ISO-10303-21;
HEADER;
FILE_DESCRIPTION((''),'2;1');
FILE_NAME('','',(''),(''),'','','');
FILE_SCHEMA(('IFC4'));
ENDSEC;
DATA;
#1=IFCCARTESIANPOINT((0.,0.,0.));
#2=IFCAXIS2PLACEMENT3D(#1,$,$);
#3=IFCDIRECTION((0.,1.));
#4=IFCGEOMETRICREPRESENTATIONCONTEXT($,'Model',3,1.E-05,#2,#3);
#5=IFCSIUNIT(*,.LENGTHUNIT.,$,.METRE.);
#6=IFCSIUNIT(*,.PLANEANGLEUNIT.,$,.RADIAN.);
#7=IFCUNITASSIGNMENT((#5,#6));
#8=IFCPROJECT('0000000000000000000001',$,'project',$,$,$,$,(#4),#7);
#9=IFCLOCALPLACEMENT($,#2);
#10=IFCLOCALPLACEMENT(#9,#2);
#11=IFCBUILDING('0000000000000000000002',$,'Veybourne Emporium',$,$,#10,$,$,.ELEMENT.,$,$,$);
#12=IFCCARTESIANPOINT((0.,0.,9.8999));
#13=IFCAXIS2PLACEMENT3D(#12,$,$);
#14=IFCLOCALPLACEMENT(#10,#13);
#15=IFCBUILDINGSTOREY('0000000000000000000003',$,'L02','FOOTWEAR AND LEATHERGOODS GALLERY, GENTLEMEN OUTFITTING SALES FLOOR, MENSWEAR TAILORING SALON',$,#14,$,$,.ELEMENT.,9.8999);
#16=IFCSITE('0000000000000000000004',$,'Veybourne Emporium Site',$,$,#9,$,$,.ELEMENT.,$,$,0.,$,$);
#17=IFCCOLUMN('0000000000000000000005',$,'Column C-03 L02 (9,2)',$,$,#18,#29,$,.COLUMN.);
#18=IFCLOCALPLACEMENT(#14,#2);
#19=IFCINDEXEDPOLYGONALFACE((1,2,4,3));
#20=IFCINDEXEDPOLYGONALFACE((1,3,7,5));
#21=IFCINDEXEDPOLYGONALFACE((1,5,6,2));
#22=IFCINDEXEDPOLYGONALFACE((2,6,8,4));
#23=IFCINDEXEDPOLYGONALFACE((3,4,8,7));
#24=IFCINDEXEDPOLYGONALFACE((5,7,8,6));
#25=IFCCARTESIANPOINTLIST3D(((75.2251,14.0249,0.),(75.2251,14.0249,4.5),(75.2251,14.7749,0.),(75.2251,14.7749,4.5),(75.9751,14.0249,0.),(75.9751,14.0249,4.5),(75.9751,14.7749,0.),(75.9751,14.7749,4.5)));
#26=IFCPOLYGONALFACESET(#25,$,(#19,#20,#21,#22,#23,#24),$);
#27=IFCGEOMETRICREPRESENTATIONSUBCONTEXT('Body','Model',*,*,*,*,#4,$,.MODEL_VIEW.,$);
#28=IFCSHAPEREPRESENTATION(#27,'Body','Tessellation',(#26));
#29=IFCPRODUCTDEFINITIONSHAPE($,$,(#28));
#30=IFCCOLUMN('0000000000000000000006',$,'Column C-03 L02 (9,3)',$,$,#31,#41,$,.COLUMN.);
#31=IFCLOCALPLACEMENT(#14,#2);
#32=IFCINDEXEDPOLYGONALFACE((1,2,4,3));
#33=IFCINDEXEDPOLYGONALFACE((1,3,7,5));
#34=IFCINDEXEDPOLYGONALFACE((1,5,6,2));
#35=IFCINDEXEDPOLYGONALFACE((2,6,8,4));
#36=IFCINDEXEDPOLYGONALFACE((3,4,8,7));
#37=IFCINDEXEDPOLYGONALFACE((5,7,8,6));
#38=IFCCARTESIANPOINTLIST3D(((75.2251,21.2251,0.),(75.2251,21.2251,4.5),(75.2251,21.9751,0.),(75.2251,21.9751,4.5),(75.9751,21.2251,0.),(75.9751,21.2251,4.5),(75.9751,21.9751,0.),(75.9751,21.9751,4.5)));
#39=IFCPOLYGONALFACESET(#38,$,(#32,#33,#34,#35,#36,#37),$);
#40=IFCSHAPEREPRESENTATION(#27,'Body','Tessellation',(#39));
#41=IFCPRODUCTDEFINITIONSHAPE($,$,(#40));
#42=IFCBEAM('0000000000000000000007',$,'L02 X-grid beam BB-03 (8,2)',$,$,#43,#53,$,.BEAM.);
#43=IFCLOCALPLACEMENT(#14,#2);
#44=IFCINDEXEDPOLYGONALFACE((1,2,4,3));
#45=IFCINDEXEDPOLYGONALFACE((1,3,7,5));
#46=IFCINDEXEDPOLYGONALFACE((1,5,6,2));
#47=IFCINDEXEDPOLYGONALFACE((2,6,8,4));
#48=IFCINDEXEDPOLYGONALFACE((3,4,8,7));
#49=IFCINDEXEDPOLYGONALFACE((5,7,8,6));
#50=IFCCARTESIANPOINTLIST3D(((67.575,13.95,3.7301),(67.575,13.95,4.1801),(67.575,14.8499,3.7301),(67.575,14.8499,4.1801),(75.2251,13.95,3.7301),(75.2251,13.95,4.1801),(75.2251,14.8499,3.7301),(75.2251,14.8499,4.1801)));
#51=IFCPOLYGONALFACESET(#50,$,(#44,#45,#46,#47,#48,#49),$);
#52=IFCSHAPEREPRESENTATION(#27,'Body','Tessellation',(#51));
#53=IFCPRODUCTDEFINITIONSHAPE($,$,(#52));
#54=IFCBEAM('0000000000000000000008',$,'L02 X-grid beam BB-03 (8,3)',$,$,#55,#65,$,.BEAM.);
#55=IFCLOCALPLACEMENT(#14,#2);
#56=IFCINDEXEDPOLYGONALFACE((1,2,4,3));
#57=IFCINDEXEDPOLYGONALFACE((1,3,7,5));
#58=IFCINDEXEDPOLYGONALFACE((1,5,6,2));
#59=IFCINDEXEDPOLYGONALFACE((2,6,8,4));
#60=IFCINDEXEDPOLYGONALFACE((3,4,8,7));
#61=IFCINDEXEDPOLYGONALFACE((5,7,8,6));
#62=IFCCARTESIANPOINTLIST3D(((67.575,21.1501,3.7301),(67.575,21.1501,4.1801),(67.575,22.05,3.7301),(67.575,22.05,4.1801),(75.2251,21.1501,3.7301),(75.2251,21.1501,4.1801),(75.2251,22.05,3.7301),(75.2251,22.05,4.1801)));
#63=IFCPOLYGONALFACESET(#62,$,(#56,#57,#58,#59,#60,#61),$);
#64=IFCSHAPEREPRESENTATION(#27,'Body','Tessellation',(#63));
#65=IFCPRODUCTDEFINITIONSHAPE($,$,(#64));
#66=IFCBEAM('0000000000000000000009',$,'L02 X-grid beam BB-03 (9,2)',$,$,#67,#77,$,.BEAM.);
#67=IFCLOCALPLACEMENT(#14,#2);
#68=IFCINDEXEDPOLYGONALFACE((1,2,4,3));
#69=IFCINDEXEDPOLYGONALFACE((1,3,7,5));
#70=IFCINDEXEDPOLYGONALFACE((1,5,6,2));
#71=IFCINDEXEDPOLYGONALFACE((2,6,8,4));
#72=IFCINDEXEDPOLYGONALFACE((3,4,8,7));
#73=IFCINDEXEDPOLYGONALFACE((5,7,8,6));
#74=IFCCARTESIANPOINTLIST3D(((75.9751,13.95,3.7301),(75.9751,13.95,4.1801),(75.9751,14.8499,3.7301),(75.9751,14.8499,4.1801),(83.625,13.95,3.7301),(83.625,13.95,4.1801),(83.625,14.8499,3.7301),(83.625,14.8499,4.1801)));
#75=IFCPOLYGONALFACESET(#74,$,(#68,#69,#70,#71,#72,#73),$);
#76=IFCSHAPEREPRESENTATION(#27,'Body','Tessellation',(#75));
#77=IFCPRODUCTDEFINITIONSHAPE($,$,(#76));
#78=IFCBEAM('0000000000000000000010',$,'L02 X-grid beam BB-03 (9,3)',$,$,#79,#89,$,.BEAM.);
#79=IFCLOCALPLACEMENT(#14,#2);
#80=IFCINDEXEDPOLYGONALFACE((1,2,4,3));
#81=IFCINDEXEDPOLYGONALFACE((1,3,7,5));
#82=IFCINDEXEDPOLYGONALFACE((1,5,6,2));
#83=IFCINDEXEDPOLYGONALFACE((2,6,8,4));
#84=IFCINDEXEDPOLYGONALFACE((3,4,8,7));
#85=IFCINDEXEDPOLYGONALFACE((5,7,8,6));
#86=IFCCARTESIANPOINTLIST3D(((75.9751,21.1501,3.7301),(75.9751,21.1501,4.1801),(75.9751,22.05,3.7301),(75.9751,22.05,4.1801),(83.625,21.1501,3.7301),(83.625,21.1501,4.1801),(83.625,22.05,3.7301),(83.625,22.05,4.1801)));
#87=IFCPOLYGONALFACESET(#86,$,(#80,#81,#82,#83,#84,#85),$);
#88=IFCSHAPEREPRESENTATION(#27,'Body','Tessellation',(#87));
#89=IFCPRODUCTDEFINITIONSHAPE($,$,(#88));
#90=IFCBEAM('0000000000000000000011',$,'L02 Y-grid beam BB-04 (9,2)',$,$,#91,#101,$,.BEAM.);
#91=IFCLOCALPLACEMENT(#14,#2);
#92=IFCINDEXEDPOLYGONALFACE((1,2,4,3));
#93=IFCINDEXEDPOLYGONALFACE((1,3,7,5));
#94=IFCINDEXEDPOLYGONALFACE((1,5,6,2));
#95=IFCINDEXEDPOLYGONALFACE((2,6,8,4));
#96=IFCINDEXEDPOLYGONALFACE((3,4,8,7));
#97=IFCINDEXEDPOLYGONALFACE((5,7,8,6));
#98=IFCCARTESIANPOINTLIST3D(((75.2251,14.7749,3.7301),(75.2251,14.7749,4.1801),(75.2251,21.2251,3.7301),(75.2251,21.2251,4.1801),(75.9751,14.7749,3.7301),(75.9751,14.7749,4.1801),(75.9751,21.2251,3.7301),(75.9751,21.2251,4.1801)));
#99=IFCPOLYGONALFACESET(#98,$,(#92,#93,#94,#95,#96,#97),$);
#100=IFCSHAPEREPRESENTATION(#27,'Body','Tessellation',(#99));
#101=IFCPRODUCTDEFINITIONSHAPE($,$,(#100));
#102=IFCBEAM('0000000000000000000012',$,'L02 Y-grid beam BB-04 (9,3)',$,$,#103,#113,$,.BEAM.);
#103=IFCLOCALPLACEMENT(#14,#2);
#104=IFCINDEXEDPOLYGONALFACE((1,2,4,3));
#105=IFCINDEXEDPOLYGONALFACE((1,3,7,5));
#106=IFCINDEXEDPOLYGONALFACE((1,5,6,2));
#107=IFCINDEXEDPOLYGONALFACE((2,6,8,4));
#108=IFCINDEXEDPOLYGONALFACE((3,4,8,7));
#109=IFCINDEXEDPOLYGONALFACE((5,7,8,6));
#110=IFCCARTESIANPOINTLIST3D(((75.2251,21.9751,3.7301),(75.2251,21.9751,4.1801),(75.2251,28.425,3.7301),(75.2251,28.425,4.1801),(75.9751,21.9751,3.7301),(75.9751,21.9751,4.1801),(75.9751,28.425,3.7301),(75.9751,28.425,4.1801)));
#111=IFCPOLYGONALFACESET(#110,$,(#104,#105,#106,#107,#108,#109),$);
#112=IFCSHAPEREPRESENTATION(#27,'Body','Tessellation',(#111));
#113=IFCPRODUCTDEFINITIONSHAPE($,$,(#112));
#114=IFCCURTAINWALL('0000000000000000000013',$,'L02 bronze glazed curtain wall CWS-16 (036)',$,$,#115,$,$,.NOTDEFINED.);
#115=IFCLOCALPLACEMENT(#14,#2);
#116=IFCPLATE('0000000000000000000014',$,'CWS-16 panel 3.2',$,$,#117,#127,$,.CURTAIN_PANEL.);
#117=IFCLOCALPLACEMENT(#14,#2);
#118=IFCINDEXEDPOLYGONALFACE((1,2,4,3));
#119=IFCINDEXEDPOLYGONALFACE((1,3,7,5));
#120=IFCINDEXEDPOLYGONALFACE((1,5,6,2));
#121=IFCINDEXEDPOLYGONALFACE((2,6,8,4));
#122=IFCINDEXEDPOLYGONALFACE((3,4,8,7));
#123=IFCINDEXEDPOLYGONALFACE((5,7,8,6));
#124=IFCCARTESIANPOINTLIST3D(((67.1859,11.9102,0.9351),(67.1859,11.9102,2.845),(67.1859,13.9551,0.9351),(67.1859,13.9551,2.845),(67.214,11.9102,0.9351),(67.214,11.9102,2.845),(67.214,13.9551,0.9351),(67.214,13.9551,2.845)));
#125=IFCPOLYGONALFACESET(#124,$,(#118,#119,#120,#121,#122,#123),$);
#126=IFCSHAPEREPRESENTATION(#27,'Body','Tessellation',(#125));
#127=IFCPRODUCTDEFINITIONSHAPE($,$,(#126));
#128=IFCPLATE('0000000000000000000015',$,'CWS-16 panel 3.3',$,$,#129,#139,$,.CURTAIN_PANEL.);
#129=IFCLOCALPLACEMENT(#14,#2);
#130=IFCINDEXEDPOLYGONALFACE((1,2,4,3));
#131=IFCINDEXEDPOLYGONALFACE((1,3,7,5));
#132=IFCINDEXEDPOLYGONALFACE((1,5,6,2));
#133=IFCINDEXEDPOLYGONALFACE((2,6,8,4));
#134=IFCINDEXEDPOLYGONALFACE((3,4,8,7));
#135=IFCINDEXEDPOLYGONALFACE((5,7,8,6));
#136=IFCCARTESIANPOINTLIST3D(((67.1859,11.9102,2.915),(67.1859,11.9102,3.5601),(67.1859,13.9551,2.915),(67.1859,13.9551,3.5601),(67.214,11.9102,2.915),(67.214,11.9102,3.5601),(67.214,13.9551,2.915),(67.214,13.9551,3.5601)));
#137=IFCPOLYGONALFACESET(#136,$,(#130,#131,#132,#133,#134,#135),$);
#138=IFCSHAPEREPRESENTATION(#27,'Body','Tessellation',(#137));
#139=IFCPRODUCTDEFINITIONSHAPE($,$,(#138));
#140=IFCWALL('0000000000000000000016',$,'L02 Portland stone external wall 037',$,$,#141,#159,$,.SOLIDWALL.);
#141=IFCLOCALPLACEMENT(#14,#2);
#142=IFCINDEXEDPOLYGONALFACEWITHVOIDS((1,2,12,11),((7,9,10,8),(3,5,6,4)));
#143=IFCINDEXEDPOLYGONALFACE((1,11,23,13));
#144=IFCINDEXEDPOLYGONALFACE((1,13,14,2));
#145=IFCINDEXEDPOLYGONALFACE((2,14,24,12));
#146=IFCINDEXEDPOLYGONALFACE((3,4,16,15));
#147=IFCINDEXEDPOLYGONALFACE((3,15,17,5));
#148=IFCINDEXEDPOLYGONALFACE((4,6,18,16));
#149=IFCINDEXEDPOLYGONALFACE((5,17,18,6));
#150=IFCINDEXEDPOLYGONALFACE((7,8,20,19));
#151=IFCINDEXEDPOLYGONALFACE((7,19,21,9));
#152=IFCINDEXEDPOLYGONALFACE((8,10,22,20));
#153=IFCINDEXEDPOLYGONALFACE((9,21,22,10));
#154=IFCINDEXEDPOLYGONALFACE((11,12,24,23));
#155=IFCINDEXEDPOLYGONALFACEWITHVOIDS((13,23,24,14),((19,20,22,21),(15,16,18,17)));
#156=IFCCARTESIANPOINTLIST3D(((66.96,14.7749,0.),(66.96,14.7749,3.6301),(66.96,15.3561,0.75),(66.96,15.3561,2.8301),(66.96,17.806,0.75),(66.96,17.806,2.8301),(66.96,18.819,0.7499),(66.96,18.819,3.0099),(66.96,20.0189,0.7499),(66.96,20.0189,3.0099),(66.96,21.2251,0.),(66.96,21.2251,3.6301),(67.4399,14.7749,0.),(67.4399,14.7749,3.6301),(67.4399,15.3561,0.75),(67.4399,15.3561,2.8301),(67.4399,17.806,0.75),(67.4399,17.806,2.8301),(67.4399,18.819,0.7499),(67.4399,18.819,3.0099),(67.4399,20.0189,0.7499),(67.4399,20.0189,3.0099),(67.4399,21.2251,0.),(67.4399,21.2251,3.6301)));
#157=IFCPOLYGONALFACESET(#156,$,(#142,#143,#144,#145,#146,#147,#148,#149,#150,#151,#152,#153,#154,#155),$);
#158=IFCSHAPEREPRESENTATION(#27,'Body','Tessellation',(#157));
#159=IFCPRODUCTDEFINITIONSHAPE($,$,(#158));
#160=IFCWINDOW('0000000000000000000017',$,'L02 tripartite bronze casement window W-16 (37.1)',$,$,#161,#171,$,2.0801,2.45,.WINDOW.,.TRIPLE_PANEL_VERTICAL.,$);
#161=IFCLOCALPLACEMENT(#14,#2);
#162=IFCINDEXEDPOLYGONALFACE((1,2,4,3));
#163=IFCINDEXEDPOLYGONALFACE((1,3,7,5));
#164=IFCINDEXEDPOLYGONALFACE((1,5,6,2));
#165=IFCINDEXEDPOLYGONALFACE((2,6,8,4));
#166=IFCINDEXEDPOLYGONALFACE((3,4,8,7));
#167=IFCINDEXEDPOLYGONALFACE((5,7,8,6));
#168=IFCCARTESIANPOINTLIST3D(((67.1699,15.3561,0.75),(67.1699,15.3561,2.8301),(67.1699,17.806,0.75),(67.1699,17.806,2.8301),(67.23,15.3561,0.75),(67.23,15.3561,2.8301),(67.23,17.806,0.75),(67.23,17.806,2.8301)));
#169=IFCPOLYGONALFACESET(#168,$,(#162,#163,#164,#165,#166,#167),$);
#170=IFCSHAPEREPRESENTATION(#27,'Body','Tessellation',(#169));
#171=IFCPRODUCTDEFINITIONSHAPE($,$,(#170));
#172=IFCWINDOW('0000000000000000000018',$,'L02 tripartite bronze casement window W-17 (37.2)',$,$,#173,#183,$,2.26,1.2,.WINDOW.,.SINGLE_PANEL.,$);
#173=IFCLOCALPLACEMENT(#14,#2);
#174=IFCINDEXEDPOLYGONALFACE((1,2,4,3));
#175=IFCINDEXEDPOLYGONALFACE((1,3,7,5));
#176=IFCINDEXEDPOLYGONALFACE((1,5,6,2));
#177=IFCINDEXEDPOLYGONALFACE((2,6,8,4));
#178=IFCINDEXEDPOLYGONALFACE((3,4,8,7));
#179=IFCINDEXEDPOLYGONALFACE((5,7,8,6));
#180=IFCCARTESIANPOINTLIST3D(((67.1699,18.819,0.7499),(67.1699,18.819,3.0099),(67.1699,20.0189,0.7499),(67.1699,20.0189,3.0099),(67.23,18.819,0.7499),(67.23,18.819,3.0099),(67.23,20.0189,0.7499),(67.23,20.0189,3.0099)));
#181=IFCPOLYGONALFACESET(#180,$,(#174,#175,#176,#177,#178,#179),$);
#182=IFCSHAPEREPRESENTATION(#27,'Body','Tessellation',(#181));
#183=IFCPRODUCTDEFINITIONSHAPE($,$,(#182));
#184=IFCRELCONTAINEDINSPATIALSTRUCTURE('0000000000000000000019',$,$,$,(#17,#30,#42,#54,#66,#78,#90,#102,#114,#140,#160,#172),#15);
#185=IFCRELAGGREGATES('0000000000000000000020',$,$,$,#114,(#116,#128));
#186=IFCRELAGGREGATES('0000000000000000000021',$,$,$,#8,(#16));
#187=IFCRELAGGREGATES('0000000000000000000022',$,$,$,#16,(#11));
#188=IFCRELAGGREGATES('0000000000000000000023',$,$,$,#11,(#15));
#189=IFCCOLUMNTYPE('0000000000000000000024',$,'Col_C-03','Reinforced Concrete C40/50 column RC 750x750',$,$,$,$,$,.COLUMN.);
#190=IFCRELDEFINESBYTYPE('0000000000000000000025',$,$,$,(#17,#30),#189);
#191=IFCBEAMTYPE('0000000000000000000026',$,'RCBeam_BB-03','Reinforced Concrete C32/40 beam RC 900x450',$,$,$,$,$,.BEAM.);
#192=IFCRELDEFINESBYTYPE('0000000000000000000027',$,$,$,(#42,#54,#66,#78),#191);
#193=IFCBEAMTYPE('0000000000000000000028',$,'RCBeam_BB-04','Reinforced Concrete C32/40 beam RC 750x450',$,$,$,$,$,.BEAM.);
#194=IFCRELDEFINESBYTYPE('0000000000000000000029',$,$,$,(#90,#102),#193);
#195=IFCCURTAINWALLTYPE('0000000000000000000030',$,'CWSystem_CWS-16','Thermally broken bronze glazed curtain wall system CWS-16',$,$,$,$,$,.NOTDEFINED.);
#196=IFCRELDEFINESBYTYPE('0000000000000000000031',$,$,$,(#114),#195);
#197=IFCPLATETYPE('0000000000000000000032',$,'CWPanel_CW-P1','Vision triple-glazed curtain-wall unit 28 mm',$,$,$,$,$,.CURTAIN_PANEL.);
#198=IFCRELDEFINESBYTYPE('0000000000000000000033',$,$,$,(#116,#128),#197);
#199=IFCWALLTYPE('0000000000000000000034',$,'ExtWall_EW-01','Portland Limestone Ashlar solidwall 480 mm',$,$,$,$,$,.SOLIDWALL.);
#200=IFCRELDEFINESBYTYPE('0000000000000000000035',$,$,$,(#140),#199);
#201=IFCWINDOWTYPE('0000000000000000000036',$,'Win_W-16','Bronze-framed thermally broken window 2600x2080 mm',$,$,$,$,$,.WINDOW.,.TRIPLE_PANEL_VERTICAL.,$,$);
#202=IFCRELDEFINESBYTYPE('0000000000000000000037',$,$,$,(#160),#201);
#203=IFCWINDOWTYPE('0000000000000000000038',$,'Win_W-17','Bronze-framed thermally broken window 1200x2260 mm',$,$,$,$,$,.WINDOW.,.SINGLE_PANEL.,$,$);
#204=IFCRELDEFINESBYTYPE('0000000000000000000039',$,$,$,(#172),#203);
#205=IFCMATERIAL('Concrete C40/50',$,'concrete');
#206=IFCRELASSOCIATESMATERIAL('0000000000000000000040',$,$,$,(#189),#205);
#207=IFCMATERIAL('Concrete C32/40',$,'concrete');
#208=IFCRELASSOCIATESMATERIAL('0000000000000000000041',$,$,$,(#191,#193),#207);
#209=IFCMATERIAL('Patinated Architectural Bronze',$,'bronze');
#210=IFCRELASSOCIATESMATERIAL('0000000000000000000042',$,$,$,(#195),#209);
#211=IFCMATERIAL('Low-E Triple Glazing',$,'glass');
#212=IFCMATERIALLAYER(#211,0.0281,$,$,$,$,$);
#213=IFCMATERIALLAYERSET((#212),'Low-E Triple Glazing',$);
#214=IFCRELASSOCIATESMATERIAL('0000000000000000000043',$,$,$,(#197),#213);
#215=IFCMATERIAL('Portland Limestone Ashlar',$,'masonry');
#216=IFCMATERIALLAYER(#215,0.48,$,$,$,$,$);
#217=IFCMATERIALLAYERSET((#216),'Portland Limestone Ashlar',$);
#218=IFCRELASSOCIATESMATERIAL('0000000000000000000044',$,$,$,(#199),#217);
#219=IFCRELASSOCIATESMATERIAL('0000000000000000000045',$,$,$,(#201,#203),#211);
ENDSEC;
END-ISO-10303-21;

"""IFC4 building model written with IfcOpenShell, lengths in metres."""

from ifc_helpers import new_model, si_unit, direction, frame, frame_2d, origin, origin_2d, place, context, subcontext, project, spatial, rectangle, extrude, material, layer, layer_set, material_profile, profile_set, type_object, element, fill, aggregate, save


model = new_model("IFC4")

# Units and contexts
model_context = context("Model", 3, precision=1e-05, world=origin(), true_north=direction((0.0, 1.0)))
body_context = subcontext(model_context, "Body", "Model", "MODEL_VIEW")
ifc_project = project(units=[si_unit("LENGTHUNIT", "METRE"), si_unit("PLANEANGLEUNIT", "RADIAN")], contexts=[model_context])

# Site, building, storey
site_placement = place(None, origin())
site = spatial("IfcSite", under=ifc_project, at=site_placement, Name="Veybourne Emporium Site", CompositionType="ELEMENT", RefElevation=0.0)
building_placement = place(site_placement, origin())
building = spatial("IfcBuilding", under=site, at=building_placement, Name="Veybourne Emporium", CompositionType="ELEMENT")
storey_placement = place(building_placement, frame((0.0, 0.0, 9.8999)))
storey = spatial("IfcBuildingStorey", under=building, at=storey_placement, Name="L02", Description="FOOTWEAR AND LEATHERGOODS GALLERY, GENTLEMEN OUTFITTING SALES FLOOR, MENSWEAR TAILORING SALON", CompositionType="ELEMENT", Elevation=9.8999)

# Columns
ifc_material_1 = material(Name="Concrete C40/50", Category="concrete")
ifc_material_profile_1 = material_profile(ifc_material_1, rectangle(XDim=0.75, YDim=0.75, at=origin_2d()), Name="RC 750x750")
ifc_profile_set_1 = profile_set([ifc_material_profile_1], Name="Concrete C40/50")
column_type = type_object("IfcColumnType", Name="Col_C-03", Description="Reinforced Concrete C40/50 column RC 750x750", PredefinedType="COLUMN", material=ifc_profile_set_1)
for number, where, z_axis, x_axis, name in (
    (1, (75.6001, 14.3999, 0.0), (0.0, 0.0, 1.0), (1.0, 0.0, 0.0), "Column C-03 L02 (9,2)"),
    (2, (75.6001, 21.6001, 0.0), (0.0, 0.0, 1.0), (1.0, 0.0, 0.0), "Column C-03 L02 (9,3)"),
):
    element("IfcColumn", number, at=place(storey_placement, frame(where, z_axis=z_axis, x_axis=x_axis)), inside=storey, type_object=column_type, Name=name, PredefinedType="COLUMN", context=body_context, shape_type="SweptSolid", body=[
        extrude(rectangle(XDim=0.75, YDim=0.75, at=origin_2d()), origin(), (0.0, 0.0, 1.0), 4.5),
    ])

# Beams
ifc_material_2 = material(Name="Concrete C32/40", Category="concrete")
ifc_material_profile_2 = material_profile(ifc_material_2, rectangle(XDim=0.8999, YDim=0.45, at=origin_2d()), Name="RC 900x450")
ifc_profile_set_2 = profile_set([ifc_material_profile_2], Name="Concrete C32/40")
beam_type_1 = type_object("IfcBeamType", Name="RCBeam_BB-03", Description="Reinforced Concrete C32/40 beam RC 900x450", PredefinedType="BEAM", material=ifc_profile_set_2)
for number, where, z_axis, x_axis, name in (
    (3, (67.575, 14.3999, 3.9551), (1.0, 0.0, 0.0), (0.0, 1.0, 0.0), "L02 X-grid beam BB-03 (8,2)"),
    (4, (67.575, 21.6001, 3.9551), (1.0, 0.0, 0.0), (0.0, 1.0, 0.0), "L02 X-grid beam BB-03 (8,3)"),
):
    element("IfcBeam", number, at=place(storey_placement, frame(where, z_axis=z_axis, x_axis=x_axis)), inside=storey, type_object=beam_type_1, Name=name, PredefinedType="BEAM", context=body_context, shape_type="SweptSolid", body=[
        extrude(rectangle(XDim=0.8999, YDim=0.45, at=origin_2d()), origin(), (0.0, 0.0, 1.0), 7.6501),
    ])
for number, where, z_axis, x_axis, name in (
    (5, (75.9751, 14.3999, 3.9551), (1.0, 0.0, 0.0), (0.0, 1.0, 0.0), "L02 X-grid beam BB-03 (9,2)"),
    (6, (75.9751, 21.6001, 3.9551), (1.0, 0.0, 0.0), (0.0, 1.0, 0.0), "L02 X-grid beam BB-03 (9,3)"),
):
    element("IfcBeam", number, at=place(storey_placement, frame(where, z_axis=z_axis, x_axis=x_axis)), inside=storey, type_object=beam_type_1, Name=name, PredefinedType="BEAM", context=body_context, shape_type="SweptSolid", body=[
        extrude(rectangle(XDim=0.8999, YDim=0.45, at=origin_2d()), origin(), (0.0, 0.0, 1.0), 7.6499),
    ])
ifc_material_profile_3 = material_profile(ifc_material_2, rectangle(XDim=0.75, YDim=0.45, at=origin_2d()), Name="RC 750x450")
ifc_profile_set_3 = profile_set([ifc_material_profile_3], Name="Concrete C32/40")
beam_type_2 = type_object("IfcBeamType", Name="RCBeam_BB-04", Description="Reinforced Concrete C32/40 beam RC 750x450", PredefinedType="BEAM", material=ifc_profile_set_3)
beam_1_placement = place(storey_placement, frame((75.6001, 14.7749, 3.9551), z_axis=(0.0, 1.0, 0.0), x_axis=(-1.0, 0.0, 0.0)))
element("IfcBeam", 7, at=beam_1_placement, inside=storey, type_object=beam_type_2, Name="L02 Y-grid beam BB-04 (9,2)", PredefinedType="BEAM", context=body_context, shape_type="SweptSolid", body=[
    extrude(rectangle(XDim=0.75, YDim=0.45, at=origin_2d()), origin(), (0.0, 0.0, 1.0), 6.4502),
])
beam_2_placement = place(storey_placement, frame((75.6001, 21.9751, 3.9551), z_axis=(0.0, 1.0, 0.0), x_axis=(-1.0, 0.0, 0.0)))
element("IfcBeam", 8, at=beam_2_placement, inside=storey, type_object=beam_type_2, Name="L02 Y-grid beam BB-04 (9,3)", PredefinedType="BEAM", context=body_context, shape_type="SweptSolid", body=[
    extrude(rectangle(XDim=0.75, YDim=0.45, at=origin_2d()), origin(), (0.0, 0.0, 1.0), 6.45),
])

# Curtain wall, plates
ifc_material_3 = material(Name="Patinated Architectural Bronze", Category="bronze")
curtain_wall_type = type_object("IfcCurtainWallType", Name="CWSystem_CWS-16", Description="Thermally broken bronze glazed curtain wall system CWS-16", PredefinedType="NOTDEFINED", material=ifc_material_3)
curtain_wall_placement = place(storey_placement, origin())
curtain_wall = element("IfcCurtainWall", 9, at=curtain_wall_placement, inside=storey, type_object=curtain_wall_type, Name="L02 bronze glazed curtain wall CWS-16 (036)", PredefinedType="NOTDEFINED")
ifc_material_4 = material(Name="Low-E Triple Glazing", Category="glass")
ifc_layer_1 = layer(ifc_material_4, 0.0281)
ifc_layer_set_1 = layer_set([ifc_layer_1], Name="Low-E Triple Glazing")
plate_type = type_object("IfcPlateType", Name="CWPanel_CW-P1", Description="Vision triple-glazed curtain-wall unit 28 mm", PredefinedType="CURTAIN_PANEL", material=ifc_layer_set_1)
plate_1_placement = place(storey_placement, frame((67.2, 12.9326, 0.9351), z_axis=(0.0, 0.0, 1.0), x_axis=(0.0, 1.0, 0.0)))
plate_1 = element("IfcPlate", 10, at=plate_1_placement, type_object=plate_type, Name="CWS-16 panel 3.2", PredefinedType="CURTAIN_PANEL", context=body_context, shape_type="SweptSolid", body=[
    extrude(rectangle(XDim=2.0449, YDim=0.0281, at=origin_2d()), origin(), (0.0, 0.0, 1.0), 1.9099),
])
plate_2_placement = place(storey_placement, frame((67.2, 12.9326, 2.915), z_axis=(0.0, 0.0, 1.0), x_axis=(0.0, 1.0, 0.0)))
plate_2 = element("IfcPlate", 11, at=plate_2_placement, type_object=plate_type, Name="CWS-16 panel 3.3", PredefinedType="CURTAIN_PANEL", context=body_context, shape_type="SweptSolid", body=[
    extrude(rectangle(XDim=2.0449, YDim=0.0281, at=origin_2d()), origin(), (0.0, 0.0, 1.0), 0.645),
])
aggregate(curtain_wall, [plate_1, plate_2])

# Wall, openings, windows
ifc_material_5 = material(Name="Portland Limestone Ashlar", Category="masonry")
ifc_layer_2 = layer(ifc_material_5, 0.48)
ifc_layer_set_2 = layer_set([ifc_layer_2], Name="Portland Limestone Ashlar")
wall_type_1 = type_object("IfcWallType", Name="ExtWall_EW-01", Description="Portland Limestone Ashlar solidwall 480 mm", PredefinedType="SOLIDWALL", material=ifc_layer_set_2)
wall_1_placement = place(storey_placement, frame((67.2, 14.7749, 0.0), z_axis=(0.0, 0.0, 1.0), x_axis=(0.0, 1.0, 0.0)))
wall_1 = element("IfcWall", 12, at=wall_1_placement, inside=storey, type_object=wall_type_1, Name="L02 Portland stone external wall 037", PredefinedType="SOLIDWALL", context=body_context, shape_type="SweptSolid", body=[
    extrude(rectangle(XDim=6.4502, YDim=0.48, at=frame_2d((3.2251, 0.0))), origin(), (0.0, 0.0, 1.0), 3.6301),
])
opening_1_placement = place(wall_1_placement, frame((0.5811, 0.0, 0.75)))
opening_1 = element("IfcOpeningElement", 13, at=opening_1_placement, cuts=wall_1, PredefinedType="OPENING", context=body_context, shape_type="SweptSolid", body=[
    extrude(rectangle(XDim=2.45, YDim=2.0801, at=frame_2d((1.2251, 1.04))), frame((0.0, 0.26, 0.0), z_axis=(0.0, -1.0, 0.0), x_axis=(1.0, 0.0, 0.0)), (0.0, 0.0, 1.0), 0.52),
])
opening_2_placement = place(wall_1_placement, frame((4.0439, 0.0, 0.75)))
opening_2 = element("IfcOpeningElement", 14, at=opening_2_placement, cuts=wall_1, PredefinedType="OPENING", context=body_context, shape_type="SweptSolid", body=[
    extrude(rectangle(XDim=1.2, YDim=2.26, at=frame_2d((0.6001, 1.1299))), frame((0.0, 0.26, 0.0), z_axis=(0.0, -1.0, 0.0), x_axis=(1.0, 0.0, 0.0)), (0.0, 0.0, 1.0), 0.52),
])
window_type_1 = type_object("IfcWindowType", Name="Win_W-16", Description="Bronze-framed thermally broken window 2600x2080 mm", PartitioningType="TRIPLE_PANEL_VERTICAL", PredefinedType="WINDOW", material=ifc_material_4)
window_1_placement = place(opening_1_placement, origin())
window_1 = element("IfcWindow", 15, at=window_1_placement, inside=storey, type_object=window_type_1, Name="L02 tripartite bronze casement window W-16 (37.1)", OverallHeight=2.0801, OverallWidth=2.45, PartitioningType="TRIPLE_PANEL_VERTICAL", PredefinedType="WINDOW", context=body_context, shape_type="SweptSolid", body=[
    extrude(rectangle(XDim=2.45, YDim=2.0801, at=frame_2d((1.2251, 1.04))), frame((0.0, 0.03, 0.0), z_axis=(0.0, -1.0, 0.0), x_axis=(1.0, 0.0, 0.0)), (0.0, 0.0, 1.0), 0.0601),
])
fill(opening_1, window_1)
window_type_2 = type_object("IfcWindowType", Name="Win_W-17", Description="Bronze-framed thermally broken window 1200x2260 mm", PartitioningType="SINGLE_PANEL", PredefinedType="WINDOW", material=ifc_material_4)
window_2_placement = place(opening_2_placement, origin())
window_2 = element("IfcWindow", 16, at=window_2_placement, inside=storey, type_object=window_type_2, Name="L02 tripartite bronze casement window W-17 (37.2)", OverallHeight=2.26, OverallWidth=1.2, PartitioningType="SINGLE_PANEL", PredefinedType="WINDOW", context=body_context, shape_type="SweptSolid", body=[
    extrude(rectangle(XDim=1.2, YDim=2.26, at=frame_2d((0.6001, 1.1299))), frame((0.0, 0.03, 0.0), z_axis=(0.0, -1.0, 0.0), x_axis=(1.0, 0.0, 0.0)), (0.0, 0.0, 1.0), 0.0601),
])
fill(opening_2, window_2)

save(model, "model.ifc")
